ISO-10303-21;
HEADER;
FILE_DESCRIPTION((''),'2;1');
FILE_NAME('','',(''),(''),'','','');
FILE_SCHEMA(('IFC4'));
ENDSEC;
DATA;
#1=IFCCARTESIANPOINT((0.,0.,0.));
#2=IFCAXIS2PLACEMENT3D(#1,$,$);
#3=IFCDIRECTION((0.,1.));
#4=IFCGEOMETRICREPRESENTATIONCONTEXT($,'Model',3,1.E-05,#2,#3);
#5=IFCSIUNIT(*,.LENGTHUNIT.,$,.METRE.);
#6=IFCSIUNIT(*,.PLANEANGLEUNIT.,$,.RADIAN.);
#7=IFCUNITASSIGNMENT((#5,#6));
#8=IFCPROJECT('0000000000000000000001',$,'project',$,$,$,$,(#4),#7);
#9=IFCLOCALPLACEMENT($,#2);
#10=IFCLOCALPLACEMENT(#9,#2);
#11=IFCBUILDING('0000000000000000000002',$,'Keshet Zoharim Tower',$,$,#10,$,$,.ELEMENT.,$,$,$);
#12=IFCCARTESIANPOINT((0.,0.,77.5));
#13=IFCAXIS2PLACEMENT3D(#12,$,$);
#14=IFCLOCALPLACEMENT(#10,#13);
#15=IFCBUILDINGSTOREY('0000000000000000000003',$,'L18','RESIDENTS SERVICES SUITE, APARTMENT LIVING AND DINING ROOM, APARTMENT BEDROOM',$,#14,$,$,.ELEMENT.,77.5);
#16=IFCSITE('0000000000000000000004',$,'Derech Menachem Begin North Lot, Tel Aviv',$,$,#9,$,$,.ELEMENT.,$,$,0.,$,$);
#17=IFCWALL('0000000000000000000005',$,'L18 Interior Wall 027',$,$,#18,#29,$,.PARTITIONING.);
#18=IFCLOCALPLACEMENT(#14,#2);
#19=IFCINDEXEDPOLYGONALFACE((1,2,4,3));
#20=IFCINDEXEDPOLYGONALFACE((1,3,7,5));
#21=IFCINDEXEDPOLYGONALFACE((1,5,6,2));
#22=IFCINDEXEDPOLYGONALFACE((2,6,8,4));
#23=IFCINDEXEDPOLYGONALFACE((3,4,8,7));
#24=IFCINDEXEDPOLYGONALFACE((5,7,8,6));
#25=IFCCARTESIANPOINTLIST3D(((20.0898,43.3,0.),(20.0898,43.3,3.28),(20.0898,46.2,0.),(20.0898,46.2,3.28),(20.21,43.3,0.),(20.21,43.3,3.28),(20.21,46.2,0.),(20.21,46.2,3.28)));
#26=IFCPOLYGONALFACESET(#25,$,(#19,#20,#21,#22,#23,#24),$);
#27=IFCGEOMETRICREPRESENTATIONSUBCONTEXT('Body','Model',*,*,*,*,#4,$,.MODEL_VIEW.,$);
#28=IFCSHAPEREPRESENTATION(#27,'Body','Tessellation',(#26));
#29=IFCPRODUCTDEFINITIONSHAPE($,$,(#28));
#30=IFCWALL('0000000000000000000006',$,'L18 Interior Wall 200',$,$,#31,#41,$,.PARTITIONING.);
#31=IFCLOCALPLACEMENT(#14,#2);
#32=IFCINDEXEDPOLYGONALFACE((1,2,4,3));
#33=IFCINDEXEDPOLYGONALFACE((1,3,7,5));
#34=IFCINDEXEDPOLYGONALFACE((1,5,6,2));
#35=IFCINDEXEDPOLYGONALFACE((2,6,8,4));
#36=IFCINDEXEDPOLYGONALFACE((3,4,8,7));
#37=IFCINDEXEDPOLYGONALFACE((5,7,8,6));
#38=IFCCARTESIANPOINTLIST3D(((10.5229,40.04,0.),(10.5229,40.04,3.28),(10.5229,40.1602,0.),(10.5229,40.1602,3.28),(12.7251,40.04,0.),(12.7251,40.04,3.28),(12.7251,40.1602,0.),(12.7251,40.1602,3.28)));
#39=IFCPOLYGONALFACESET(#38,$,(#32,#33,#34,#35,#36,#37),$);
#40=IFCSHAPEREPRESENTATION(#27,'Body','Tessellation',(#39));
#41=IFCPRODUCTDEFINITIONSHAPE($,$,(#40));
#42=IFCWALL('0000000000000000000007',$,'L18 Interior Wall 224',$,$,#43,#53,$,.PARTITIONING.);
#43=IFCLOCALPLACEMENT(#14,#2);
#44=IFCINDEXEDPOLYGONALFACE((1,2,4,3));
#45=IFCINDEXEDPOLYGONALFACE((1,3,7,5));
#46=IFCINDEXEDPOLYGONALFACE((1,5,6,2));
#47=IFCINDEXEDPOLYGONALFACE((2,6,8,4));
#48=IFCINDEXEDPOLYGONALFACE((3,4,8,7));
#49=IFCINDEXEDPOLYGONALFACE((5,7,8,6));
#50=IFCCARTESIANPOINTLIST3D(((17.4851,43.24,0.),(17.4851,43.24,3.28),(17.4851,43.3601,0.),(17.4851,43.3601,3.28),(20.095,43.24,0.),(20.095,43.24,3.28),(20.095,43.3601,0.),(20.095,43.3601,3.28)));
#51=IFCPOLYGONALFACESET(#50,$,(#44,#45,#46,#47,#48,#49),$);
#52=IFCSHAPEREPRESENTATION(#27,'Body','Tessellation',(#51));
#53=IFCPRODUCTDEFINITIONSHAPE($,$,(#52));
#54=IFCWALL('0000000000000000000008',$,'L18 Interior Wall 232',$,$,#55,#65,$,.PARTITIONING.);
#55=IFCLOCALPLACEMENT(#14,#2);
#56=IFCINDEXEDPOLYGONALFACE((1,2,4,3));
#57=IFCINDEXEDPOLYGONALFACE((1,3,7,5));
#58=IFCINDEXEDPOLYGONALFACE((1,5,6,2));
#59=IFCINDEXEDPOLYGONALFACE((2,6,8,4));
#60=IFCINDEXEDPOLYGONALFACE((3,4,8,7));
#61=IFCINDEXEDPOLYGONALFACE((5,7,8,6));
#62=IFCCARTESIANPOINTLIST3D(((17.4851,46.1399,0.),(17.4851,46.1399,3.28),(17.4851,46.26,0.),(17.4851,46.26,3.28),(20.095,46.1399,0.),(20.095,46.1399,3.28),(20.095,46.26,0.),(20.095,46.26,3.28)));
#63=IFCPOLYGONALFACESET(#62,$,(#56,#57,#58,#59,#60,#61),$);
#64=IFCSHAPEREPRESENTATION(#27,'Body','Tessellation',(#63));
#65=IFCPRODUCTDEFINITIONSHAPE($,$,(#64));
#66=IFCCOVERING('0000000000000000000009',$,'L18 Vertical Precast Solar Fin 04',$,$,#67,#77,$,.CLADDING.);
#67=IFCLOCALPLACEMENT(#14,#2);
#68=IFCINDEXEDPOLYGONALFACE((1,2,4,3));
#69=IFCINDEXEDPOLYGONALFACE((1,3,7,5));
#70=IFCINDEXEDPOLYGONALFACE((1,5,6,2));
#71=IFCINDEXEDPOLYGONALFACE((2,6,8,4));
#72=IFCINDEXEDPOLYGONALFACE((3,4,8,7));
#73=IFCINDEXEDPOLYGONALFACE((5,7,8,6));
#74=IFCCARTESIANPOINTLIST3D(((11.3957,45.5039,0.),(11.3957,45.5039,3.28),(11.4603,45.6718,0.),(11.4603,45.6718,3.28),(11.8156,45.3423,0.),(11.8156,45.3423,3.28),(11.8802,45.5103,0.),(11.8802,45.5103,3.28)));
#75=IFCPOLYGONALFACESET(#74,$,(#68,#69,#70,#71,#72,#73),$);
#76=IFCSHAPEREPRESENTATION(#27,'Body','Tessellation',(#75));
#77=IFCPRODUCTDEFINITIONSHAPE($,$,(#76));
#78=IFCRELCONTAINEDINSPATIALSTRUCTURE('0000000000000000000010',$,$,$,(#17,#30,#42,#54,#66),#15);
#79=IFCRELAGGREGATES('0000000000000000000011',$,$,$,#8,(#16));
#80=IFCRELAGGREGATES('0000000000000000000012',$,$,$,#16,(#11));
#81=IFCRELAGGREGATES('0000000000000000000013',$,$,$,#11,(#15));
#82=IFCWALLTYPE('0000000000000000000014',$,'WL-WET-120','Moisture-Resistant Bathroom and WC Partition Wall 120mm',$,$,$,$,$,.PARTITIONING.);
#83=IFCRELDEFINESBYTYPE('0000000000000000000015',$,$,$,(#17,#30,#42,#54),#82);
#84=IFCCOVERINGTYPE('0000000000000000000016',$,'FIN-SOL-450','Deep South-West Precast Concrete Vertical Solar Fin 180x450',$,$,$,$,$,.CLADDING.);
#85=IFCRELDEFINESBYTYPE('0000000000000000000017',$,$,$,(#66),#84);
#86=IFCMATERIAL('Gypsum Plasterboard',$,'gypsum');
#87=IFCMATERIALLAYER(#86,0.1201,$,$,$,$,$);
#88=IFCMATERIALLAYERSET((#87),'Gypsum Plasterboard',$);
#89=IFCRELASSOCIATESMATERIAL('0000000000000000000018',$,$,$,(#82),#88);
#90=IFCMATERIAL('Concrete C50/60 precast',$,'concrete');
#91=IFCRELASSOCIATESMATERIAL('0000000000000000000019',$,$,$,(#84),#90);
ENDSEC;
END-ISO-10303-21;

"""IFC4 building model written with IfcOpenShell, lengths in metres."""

from ifc_helpers import new_model, si_unit, direction, frame, frame_2d, origin, origin_2d, place, context, subcontext, project, spatial, rectangle, extrude, material, layer, layer_set, type_object, element, save


model = new_model("IFC4")

# Units and contexts
model_context = context("Model", 3, precision=1e-05, world=origin(), true_north=direction((0.0, 1.0)))
body_context = subcontext(model_context, "Body", "Model", "MODEL_VIEW")
ifc_project = project(units=[si_unit("LENGTHUNIT", "METRE"), si_unit("PLANEANGLEUNIT", "RADIAN")], contexts=[model_context])

# Site, building, storey
site_placement = place(None, origin())
site = spatial("IfcSite", under=ifc_project, at=site_placement, Name="Derech Menachem Begin North Lot, Tel Aviv", CompositionType="ELEMENT", RefElevation=0.0)
building_placement = place(site_placement, origin())
building = spatial("IfcBuilding", under=site, at=building_placement, Name="Keshet Zoharim Tower", CompositionType="ELEMENT")
storey_placement = place(building_placement, frame((0.0, 0.0, 77.5)))
storey = spatial("IfcBuildingStorey", under=building, at=storey_placement, Name="L18", Description="RESIDENTS SERVICES SUITE, APARTMENT LIVING AND DINING ROOM, APARTMENT BEDROOM", CompositionType="ELEMENT", Elevation=77.5)

# Shared definitions
ifc_material_1 = material(Name="Gypsum Plasterboard", Category="gypsum")

# Shared definitions
ifc_layer_1 = layer(ifc_material_1, 0.1201)
ifc_layer_set_1 = layer_set([ifc_layer_1], Name="Gypsum Plasterboard")
wall_type_1 = type_object("IfcWallType", Name="WL-WET-120", Description="Moisture-Resistant Bathroom and WC Partition Wall 120mm", PredefinedType="PARTITIONING", material=ifc_layer_set_1)

# Walls
wall_1_placement = place(storey_placement, frame((20.1499, 43.3, 0.0), z_axis=(0.0, 0.0, 1.0), x_axis=(0.0, 1.0, 0.0)))
element("IfcWall", 1, at=wall_1_placement, inside=storey, type_object=wall_type_1, Name="L18 Interior Wall 027", PredefinedType="PARTITIONING", context=body_context, shape_type="SweptSolid", body=[
    extrude(rectangle(XDim=2.8999, YDim=0.1201, at=frame_2d((1.45, 0.0))), origin(), (0.0, 0.0, 1.0), 3.28),
])
wall_2_placement = place(storey_placement, frame((10.5229, 40.1001, 0.0), z_axis=(0.0, 0.0, 1.0), x_axis=(1.0, 0.0, 0.0)))
element("IfcWall", 2, at=wall_2_placement, inside=storey, type_object=wall_type_1, Name="L18 Interior Wall 200", PredefinedType="PARTITIONING", context=body_context, shape_type="SweptSolid", body=[
    extrude(rectangle(XDim=2.2021, YDim=0.1201, at=frame_2d((1.1011, 0.0))), origin(), (0.0, 0.0, 1.0), 3.28),
])
for number, where, z_axis, x_axis, name in (
    (3, (17.4851, 43.3, 0.0), (0.0, 0.0, 1.0), (1.0, 0.0, 0.0), "L18 Interior Wall 224"),
    (4, (17.4851, 46.2, 0.0), (0.0, 0.0, 1.0), (1.0, 0.0, 0.0), "L18 Interior Wall 232"),
):
    element("IfcWall", number, at=place(storey_placement, frame(where, z_axis=z_axis, x_axis=x_axis)), inside=storey, type_object=wall_type_1, Name=name, PredefinedType="PARTITIONING", context=body_context, shape_type="SweptSolid", body=[
        extrude(rectangle(XDim=2.6099, YDim=0.1201, at=frame_2d((1.3049, 0.0))), origin(), (0.0, 0.0, 1.0), 3.28),
    ])

# Covering
ifc_material_2 = material(Name="Concrete C50/60 precast", Category="concrete")
covering_type = type_object("IfcCoveringType", Name="FIN-SOL-450", Description="Deep South-West Precast Concrete Vertical Solar Fin 180x450", PredefinedType="CLADDING", material=ifc_material_2)
covering_placement = place(storey_placement, frame((11.6379, 45.5071, 0.0), z_axis=(0.0, 0.0, 1.0), x_axis=(0.35899, 0.933341, 0.0)))
element("IfcCovering", 5, at=covering_placement, inside=storey, type_object=covering_type, Name="L18 Vertical Precast Solar Fin 04", PredefinedType="CLADDING", context=body_context, shape_type="SweptSolid", body=[
    extrude(rectangle(XDim=0.1799, YDim=0.45, at=origin_2d()), origin(), (0.0, 0.0, 1.0), 3.28),
])

save(model, "model.ifc")
